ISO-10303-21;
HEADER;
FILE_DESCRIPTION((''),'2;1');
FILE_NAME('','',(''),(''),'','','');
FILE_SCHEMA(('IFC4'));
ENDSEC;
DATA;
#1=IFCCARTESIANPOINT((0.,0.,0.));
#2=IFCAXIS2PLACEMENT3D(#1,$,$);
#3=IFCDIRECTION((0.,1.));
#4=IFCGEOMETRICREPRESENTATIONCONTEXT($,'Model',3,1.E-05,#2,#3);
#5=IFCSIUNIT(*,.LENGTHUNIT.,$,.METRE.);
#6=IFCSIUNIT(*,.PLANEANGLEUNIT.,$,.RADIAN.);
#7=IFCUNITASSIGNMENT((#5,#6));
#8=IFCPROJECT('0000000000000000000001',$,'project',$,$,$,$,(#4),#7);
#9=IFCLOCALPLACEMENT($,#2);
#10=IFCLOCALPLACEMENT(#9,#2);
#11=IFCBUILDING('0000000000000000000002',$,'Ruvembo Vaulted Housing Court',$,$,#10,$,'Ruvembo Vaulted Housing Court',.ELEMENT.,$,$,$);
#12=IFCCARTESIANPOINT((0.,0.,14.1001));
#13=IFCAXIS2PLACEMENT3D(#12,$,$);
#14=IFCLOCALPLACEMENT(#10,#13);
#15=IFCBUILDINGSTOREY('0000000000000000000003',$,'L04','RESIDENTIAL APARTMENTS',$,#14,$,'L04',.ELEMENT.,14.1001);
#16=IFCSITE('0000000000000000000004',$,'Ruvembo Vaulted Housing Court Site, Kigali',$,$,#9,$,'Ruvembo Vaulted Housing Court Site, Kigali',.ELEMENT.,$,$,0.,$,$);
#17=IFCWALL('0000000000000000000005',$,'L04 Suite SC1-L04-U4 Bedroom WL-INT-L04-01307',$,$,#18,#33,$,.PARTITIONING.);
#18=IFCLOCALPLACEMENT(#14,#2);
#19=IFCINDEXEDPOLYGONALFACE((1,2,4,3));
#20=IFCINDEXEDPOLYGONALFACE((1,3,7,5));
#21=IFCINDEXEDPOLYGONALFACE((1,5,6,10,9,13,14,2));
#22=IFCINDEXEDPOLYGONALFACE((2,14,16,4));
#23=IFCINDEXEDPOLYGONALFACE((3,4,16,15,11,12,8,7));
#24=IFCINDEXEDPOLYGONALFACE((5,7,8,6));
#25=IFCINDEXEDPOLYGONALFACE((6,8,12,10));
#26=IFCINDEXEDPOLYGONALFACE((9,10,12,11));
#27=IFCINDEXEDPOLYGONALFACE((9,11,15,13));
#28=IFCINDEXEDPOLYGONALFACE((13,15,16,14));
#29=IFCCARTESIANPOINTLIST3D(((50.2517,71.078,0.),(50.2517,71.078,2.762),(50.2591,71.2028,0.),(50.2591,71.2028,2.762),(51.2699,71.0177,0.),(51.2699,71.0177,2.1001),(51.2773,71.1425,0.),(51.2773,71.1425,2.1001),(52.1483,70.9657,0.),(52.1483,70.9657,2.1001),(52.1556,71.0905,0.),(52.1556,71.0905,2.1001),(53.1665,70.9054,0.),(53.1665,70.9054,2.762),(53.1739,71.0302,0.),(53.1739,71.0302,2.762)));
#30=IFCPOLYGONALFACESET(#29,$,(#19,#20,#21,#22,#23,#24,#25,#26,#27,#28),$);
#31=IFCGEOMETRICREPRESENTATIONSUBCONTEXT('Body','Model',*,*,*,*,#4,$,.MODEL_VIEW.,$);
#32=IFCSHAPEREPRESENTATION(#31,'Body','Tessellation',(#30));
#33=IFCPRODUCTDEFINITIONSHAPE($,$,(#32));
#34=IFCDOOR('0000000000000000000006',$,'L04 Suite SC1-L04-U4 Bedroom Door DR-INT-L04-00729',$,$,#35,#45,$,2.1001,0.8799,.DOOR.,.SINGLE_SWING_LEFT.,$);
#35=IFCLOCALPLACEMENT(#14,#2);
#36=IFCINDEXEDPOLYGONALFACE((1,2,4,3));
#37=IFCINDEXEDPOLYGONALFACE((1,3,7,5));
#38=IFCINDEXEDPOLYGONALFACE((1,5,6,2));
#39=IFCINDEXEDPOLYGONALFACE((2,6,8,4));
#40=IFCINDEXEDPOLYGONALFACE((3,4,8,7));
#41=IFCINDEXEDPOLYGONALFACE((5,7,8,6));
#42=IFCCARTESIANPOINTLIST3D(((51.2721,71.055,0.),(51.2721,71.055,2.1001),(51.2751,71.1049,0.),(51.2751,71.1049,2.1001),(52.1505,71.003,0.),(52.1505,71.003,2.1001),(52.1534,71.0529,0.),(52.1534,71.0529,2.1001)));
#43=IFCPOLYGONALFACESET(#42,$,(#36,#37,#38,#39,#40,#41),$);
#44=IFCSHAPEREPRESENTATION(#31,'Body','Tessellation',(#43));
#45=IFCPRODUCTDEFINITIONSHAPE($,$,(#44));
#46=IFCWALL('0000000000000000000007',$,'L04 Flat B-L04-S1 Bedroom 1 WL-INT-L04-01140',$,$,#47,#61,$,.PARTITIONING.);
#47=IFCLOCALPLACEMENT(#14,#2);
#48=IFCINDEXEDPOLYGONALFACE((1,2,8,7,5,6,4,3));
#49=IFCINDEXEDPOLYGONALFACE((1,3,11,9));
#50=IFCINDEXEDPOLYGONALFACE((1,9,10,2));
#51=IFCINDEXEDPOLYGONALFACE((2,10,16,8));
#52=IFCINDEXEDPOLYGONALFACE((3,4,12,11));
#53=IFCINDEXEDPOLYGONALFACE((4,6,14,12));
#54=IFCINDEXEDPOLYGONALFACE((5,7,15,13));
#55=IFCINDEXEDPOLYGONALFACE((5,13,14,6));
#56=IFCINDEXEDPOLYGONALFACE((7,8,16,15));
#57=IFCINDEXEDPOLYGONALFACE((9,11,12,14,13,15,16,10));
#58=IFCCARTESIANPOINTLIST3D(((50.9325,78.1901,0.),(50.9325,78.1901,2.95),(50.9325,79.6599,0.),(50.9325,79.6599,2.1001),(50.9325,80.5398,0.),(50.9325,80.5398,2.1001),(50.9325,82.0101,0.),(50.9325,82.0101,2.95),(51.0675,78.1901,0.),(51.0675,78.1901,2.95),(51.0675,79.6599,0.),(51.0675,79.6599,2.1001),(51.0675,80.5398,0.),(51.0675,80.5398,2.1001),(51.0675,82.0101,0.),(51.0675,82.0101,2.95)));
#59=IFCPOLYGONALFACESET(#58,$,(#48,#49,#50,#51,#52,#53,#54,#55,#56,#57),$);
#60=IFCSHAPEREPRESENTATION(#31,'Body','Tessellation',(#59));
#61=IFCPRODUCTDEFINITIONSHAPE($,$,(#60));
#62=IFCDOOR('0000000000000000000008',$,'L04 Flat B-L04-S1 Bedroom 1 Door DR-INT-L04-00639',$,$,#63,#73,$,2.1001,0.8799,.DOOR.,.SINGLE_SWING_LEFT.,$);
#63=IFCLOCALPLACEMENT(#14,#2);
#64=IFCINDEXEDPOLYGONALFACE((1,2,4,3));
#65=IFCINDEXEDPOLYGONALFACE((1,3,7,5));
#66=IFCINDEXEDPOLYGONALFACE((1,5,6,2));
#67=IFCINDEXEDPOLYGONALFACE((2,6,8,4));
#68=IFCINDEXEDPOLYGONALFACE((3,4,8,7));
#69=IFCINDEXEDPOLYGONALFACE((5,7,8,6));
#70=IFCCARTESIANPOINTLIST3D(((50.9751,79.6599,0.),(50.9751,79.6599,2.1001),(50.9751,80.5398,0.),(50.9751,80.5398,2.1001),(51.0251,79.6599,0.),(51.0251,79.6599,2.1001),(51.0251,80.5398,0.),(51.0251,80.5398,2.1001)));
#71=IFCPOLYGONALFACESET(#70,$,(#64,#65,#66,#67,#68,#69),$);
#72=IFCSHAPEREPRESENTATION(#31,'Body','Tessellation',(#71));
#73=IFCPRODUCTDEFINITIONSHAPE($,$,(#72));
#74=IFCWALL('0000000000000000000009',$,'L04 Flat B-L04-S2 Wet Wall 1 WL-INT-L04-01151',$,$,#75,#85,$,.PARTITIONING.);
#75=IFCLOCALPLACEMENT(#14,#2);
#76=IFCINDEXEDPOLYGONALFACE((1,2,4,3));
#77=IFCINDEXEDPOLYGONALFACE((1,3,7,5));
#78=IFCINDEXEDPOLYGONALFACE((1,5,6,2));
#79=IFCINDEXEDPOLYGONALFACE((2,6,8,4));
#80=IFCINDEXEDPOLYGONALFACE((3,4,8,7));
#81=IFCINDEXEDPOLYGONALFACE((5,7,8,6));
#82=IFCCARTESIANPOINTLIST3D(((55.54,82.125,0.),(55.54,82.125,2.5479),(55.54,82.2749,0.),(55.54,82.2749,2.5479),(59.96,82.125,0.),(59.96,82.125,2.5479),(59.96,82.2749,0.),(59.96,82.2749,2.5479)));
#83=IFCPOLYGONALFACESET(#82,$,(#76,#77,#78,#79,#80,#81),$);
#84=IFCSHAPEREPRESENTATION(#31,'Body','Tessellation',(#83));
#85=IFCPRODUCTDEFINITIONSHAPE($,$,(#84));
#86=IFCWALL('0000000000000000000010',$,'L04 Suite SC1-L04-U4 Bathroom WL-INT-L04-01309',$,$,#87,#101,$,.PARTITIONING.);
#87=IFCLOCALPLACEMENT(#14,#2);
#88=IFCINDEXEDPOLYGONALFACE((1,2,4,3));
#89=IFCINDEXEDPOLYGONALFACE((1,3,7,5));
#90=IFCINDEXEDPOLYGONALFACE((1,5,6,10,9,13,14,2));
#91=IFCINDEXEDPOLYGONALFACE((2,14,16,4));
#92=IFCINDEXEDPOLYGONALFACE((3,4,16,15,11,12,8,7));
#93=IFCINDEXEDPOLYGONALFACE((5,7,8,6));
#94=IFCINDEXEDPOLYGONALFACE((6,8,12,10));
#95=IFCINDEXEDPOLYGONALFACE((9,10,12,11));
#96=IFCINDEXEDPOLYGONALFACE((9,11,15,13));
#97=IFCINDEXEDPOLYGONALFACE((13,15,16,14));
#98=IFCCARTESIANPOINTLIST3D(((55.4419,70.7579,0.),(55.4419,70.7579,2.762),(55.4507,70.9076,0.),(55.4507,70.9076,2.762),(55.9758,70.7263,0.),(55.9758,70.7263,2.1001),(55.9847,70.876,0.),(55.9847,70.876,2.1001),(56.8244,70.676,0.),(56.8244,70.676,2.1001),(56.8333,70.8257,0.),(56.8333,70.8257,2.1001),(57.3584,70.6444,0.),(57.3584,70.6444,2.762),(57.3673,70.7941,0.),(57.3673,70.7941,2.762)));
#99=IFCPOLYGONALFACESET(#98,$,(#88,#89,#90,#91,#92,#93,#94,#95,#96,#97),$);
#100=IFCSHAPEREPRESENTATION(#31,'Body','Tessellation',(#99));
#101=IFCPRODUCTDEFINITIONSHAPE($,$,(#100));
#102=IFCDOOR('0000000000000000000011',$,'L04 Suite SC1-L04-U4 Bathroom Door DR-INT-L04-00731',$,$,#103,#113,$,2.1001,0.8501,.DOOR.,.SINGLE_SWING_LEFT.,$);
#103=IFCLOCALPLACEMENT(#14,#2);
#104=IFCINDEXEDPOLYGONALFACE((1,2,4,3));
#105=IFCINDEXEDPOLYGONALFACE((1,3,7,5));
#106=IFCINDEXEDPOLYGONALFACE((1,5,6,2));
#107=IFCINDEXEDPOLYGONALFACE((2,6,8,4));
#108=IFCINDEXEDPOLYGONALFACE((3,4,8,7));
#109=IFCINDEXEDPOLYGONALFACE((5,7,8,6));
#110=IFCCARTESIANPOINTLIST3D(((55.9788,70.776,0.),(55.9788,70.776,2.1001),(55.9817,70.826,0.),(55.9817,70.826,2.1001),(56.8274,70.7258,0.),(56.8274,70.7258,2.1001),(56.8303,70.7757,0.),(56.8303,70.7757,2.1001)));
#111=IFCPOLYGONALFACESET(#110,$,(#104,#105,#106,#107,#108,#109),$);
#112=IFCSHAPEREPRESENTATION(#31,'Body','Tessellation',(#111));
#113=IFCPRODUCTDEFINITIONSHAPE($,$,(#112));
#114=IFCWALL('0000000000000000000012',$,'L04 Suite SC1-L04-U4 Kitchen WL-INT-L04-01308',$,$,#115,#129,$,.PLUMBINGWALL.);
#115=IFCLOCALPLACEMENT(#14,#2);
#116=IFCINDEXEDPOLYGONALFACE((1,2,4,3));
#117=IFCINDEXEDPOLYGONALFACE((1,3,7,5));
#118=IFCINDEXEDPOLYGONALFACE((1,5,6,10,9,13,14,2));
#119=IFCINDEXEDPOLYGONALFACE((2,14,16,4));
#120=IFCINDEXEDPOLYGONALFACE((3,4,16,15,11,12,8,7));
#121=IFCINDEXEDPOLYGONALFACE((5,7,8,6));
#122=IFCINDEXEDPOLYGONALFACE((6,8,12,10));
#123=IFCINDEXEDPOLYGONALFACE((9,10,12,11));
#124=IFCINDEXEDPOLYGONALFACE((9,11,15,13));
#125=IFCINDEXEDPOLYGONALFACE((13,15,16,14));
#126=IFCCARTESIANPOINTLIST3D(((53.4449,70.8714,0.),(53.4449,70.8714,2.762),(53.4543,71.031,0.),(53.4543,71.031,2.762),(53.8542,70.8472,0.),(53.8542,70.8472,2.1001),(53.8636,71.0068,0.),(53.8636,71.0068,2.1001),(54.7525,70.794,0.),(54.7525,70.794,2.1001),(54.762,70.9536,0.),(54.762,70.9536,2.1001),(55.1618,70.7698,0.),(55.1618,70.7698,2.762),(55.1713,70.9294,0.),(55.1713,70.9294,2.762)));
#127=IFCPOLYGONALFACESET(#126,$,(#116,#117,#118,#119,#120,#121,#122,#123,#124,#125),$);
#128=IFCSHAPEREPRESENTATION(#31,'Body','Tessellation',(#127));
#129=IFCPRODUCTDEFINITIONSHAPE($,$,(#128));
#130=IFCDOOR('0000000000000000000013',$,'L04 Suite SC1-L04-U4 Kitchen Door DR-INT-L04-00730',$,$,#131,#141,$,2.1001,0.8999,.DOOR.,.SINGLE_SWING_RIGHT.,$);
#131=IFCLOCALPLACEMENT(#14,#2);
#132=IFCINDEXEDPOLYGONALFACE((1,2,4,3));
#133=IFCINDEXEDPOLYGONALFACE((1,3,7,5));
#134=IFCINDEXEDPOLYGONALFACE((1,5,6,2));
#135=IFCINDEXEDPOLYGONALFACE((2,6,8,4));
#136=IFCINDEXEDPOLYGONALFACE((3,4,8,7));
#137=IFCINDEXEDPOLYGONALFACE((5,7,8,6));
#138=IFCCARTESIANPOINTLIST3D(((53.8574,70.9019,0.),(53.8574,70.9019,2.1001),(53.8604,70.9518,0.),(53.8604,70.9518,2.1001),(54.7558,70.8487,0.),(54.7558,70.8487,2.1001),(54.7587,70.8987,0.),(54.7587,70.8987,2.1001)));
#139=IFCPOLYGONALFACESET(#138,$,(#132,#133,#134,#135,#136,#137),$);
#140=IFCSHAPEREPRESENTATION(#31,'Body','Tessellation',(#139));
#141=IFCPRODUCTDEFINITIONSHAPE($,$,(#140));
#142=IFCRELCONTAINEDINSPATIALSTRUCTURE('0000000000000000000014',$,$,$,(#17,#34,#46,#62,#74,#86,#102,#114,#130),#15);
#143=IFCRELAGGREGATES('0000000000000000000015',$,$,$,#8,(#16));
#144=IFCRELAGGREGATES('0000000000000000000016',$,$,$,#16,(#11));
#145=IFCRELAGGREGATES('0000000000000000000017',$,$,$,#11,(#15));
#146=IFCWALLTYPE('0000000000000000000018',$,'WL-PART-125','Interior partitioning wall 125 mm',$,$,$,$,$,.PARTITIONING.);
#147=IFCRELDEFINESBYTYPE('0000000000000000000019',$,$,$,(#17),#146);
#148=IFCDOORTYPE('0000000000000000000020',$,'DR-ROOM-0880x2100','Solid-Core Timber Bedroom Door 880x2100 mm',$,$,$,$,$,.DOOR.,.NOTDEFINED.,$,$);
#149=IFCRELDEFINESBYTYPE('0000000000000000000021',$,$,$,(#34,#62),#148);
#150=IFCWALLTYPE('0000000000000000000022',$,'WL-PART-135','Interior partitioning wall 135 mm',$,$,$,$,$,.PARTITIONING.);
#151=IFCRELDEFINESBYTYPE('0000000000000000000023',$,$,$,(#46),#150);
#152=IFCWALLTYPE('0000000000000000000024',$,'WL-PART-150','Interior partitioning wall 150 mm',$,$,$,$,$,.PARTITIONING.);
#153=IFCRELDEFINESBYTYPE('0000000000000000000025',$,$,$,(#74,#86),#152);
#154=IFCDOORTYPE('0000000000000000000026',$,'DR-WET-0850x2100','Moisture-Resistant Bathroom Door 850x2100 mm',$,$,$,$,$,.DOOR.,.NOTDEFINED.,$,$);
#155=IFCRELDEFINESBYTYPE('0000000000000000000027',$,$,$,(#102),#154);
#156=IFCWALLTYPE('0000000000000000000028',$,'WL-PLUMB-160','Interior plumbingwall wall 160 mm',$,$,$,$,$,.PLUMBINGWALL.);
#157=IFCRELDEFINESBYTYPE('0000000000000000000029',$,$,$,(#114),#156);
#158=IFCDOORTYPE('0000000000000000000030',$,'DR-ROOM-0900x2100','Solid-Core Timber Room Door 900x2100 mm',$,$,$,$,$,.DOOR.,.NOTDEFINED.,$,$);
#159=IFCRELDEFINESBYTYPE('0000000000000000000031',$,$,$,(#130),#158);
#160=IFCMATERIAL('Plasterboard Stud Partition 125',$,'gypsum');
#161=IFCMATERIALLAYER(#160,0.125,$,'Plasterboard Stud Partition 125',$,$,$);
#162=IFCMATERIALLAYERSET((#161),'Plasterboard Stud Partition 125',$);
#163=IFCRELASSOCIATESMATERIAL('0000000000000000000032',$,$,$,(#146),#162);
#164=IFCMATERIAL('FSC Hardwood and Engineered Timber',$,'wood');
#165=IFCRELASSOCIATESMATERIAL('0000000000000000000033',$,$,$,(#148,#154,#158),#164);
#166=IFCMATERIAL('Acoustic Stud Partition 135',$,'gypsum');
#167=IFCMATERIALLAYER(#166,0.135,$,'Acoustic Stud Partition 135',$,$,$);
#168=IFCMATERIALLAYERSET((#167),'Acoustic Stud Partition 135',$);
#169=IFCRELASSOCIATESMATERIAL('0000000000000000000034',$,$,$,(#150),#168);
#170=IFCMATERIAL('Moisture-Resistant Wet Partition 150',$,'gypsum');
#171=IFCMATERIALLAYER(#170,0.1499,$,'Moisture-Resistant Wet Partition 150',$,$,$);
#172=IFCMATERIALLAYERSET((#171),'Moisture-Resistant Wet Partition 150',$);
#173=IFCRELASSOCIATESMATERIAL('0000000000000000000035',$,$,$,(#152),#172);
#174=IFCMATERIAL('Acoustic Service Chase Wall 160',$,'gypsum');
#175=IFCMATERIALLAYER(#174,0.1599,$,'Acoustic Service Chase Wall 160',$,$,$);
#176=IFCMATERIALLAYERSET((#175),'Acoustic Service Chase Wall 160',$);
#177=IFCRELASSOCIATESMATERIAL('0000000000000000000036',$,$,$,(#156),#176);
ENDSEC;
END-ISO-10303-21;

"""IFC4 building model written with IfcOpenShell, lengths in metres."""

from ifc_helpers import new_model, si_unit, direction, frame, frame_2d, origin, place, context, subcontext, project, spatial, rectangle, extrude, material, layer, layer_set, type_object, element, fill, save


model = new_model("IFC4")

# Units and contexts
model_context = context("Model", 3, precision=1e-05, world=origin(), true_north=direction((0.0, 1.0)))
body_context = subcontext(model_context, "Body", "Model", "MODEL_VIEW")
ifc_project = project(units=[si_unit("LENGTHUNIT", "METRE"), si_unit("PLANEANGLEUNIT", "RADIAN")], contexts=[model_context])

# Site, building, storey
site_placement = place(None, origin())
site = spatial("IfcSite", under=ifc_project, at=site_placement, Name="Ruvembo Vaulted Housing Court Site, Kigali", LongName="Ruvembo Vaulted Housing Court Site, Kigali", CompositionType="ELEMENT", RefElevation=0.0)
building_placement = place(site_placement, origin())
building = spatial("IfcBuilding", under=site, at=building_placement, Name="Ruvembo Vaulted Housing Court", LongName="Ruvembo Vaulted Housing Court", CompositionType="ELEMENT")
storey_placement = place(building_placement, frame((0.0, 0.0, 14.1001)))
storey = spatial("IfcBuildingStorey", under=building, at=storey_placement, Name="L04", Description="RESIDENTIAL APARTMENTS", LongName="L04", CompositionType="ELEMENT", Elevation=14.1001)

# Shared definitions
ifc_material_1 = material(Name="FSC Hardwood and Engineered Timber", Category="wood")

# Walls, openings, doors
ifc_material_2 = material(Name="Plasterboard Stud Partition 125", Category="gypsum")
ifc_layer_1 = layer(ifc_material_2, 0.125, Name="Plasterboard Stud Partition 125")
ifc_layer_set_1 = layer_set([ifc_layer_1], Name="Plasterboard Stud Partition 125")
wall_type_1 = type_object("IfcWallType", Name="WL-PART-125", Description="Interior partitioning wall 125 mm", PredefinedType="PARTITIONING", material=ifc_layer_set_1)
wall_1_placement = place(storey_placement, frame((50.2554, 71.1404, 0.0), z_axis=(0.0, 0.0, 1.0), x_axis=(0.998251, -0.059114, 0.0)))
wall_1 = element("IfcWall", 1, at=wall_1_placement, inside=storey, type_object=wall_type_1, Name="L04 Suite SC1-L04-U4 Bedroom WL-INT-L04-01307", PredefinedType="PARTITIONING", context=body_context, shape_type="SweptSolid", body=[
    extrude(rectangle(XDim=2.9199, YDim=0.125, at=frame_2d((1.46, 0.0))), origin(), (0.0, 0.0, 1.0), 2.762),
])
opening_1_placement = place(wall_1_placement, frame((1.02, 0.0, 0.0)))
opening_1 = element("IfcOpeningElement", 2, at=opening_1_placement, cuts=wall_1, PredefinedType="OPENING", context=body_context, shape_type="SweptSolid", body=[
    extrude(rectangle(XDim=0.8799, YDim=2.1001, at=frame_2d((0.4399, 1.05))), frame((0.0, 0.0725, 0.0), z_axis=(0.0, -1.0, 0.0), x_axis=(1.0, 0.0, 0.0)), (0.0, 0.0, 1.0), 0.145),
])
door_type_1 = type_object("IfcDoorType", Name="DR-ROOM-0880x2100", Description="Solid-Core Timber Bedroom Door 880x2100 mm", OperationType="NOTDEFINED", PredefinedType="DOOR", material=ifc_material_1)
door_1_placement = place(opening_1_placement, origin())
door_1 = element("IfcDoor", 3, at=door_1_placement, inside=storey, type_object=door_type_1, Name="L04 Suite SC1-L04-U4 Bedroom Door DR-INT-L04-00729", OperationType="SINGLE_SWING_LEFT", OverallHeight=2.1001, OverallWidth=0.8799, PredefinedType="DOOR", context=body_context, shape_type="SweptSolid", body=[
    extrude(rectangle(XDim=0.8799, YDim=2.1001, at=frame_2d((0.4399, 1.05))), frame((0.0, 0.0249, 0.0), z_axis=(0.0, -1.0, 0.0), x_axis=(1.0, 0.0, 0.0)), (0.0, 0.0, 1.0), 0.05),
])
fill(opening_1, door_1)
ifc_material_3 = material(Name="Acoustic Stud Partition 135", Category="gypsum")
ifc_layer_2 = layer(ifc_material_3, 0.135, Name="Acoustic Stud Partition 135")
ifc_layer_set_2 = layer_set([ifc_layer_2], Name="Acoustic Stud Partition 135")
wall_type_2 = type_object("IfcWallType", Name="WL-PART-135", Description="Interior partitioning wall 135 mm", PredefinedType="PARTITIONING", material=ifc_layer_set_2)
wall_2_placement = place(storey_placement, frame((51.0, 78.1899, 0.0), z_axis=(0.0, 0.0, 1.0), x_axis=(0.0, 1.0, 0.0)))
wall_2 = element("IfcWall", 4, at=wall_2_placement, inside=storey, type_object=wall_type_2, Name="L04 Flat B-L04-S1 Bedroom 1 WL-INT-L04-01140", PredefinedType="PARTITIONING", context=body_context, shape_type="SweptSolid", body=[
    extrude(rectangle(XDim=3.8201, YDim=0.135, at=frame_2d((1.9102, 0.0))), origin(), (0.0, 0.0, 1.0), 2.95),
])
opening_2_placement = place(wall_2_placement, frame((1.47, 0.0, 0.0)))
opening_2 = element("IfcOpeningElement", 5, at=opening_2_placement, cuts=wall_2, PredefinedType="OPENING", context=body_context, shape_type="SweptSolid", body=[
    extrude(rectangle(XDim=0.8799, YDim=2.1001, at=frame_2d((0.4399, 1.05))), frame((0.0, 0.0774, 0.0), z_axis=(0.0, -1.0, 0.0), x_axis=(1.0, 0.0, 0.0)), (0.0, 0.0, 1.0), 0.155),
])
door_2_placement = place(opening_2_placement, origin())
door_2 = element("IfcDoor", 6, at=door_2_placement, inside=storey, type_object=door_type_1, Name="L04 Flat B-L04-S1 Bedroom 1 Door DR-INT-L04-00639", OperationType="SINGLE_SWING_LEFT", OverallHeight=2.1001, OverallWidth=0.8799, PredefinedType="DOOR", context=body_context, shape_type="SweptSolid", body=[
    extrude(rectangle(XDim=0.8799, YDim=2.1001, at=frame_2d((0.4399, 1.05))), frame((0.0, 0.0249, 0.0), z_axis=(0.0, -1.0, 0.0), x_axis=(1.0, 0.0, 0.0)), (0.0, 0.0, 1.0), 0.05),
])
fill(opening_2, door_2)

# Wall
ifc_material_4 = material(Name="Moisture-Resistant Wet Partition 150", Category="gypsum")
ifc_layer_3 = layer(ifc_material_4, 0.1499, Name="Moisture-Resistant Wet Partition 150")
ifc_layer_set_3 = layer_set([ifc_layer_3], Name="Moisture-Resistant Wet Partition 150")
wall_type_3 = type_object("IfcWallType", Name="WL-PART-150", Description="Interior partitioning wall 150 mm", PredefinedType="PARTITIONING", material=ifc_layer_set_3)
wall_3_placement = place(storey_placement, frame((55.54, 82.2, 0.0), z_axis=(0.0, 0.0, 1.0), x_axis=(1.0, 0.0, 0.0)))
element("IfcWall", 7, at=wall_3_placement, inside=storey, type_object=wall_type_3, Name="L04 Flat B-L04-S2 Wet Wall 1 WL-INT-L04-01151", PredefinedType="PARTITIONING", context=body_context, shape_type="SweptSolid", body=[
    extrude(rectangle(XDim=4.4199, YDim=0.1499, at=frame_2d((2.21, 0.0))), origin(), (0.0, 0.0, 1.0), 2.5479),
])

# Walls, openings, doors
wall_4_placement = place(storey_placement, frame((55.4463, 70.8328, 0.0), z_axis=(0.0, 0.0, 1.0), x_axis=(0.99825, -0.059132, 0.0)))
wall_4 = element("IfcWall", 8, at=wall_4_placement, inside=storey, type_object=wall_type_3, Name="L04 Suite SC1-L04-U4 Bathroom WL-INT-L04-01309", PredefinedType="PARTITIONING", context=body_context, shape_type="SweptSolid", body=[
    extrude(rectangle(XDim=1.9199, YDim=0.1499, at=frame_2d((0.96, 0.0))), origin(), (0.0, 0.0, 1.0), 2.762),
])
opening_3_placement = place(wall_4_placement, frame((0.5349, 0.0, 0.0)))
opening_3 = element("IfcOpeningElement", 9, at=opening_3_placement, cuts=wall_4, PredefinedType="OPENING", context=body_context, shape_type="SweptSolid", body=[
    extrude(rectangle(XDim=0.8501, YDim=2.1001, at=frame_2d((0.425, 1.05))), frame((0.0, 0.085, 0.0), z_axis=(0.0, -1.0, 0.0), x_axis=(1.0, 0.0, 0.0)), (0.0, 0.0, 1.0), 0.1699),
])
door_type_2 = type_object("IfcDoorType", Name="DR-WET-0850x2100", Description="Moisture-Resistant Bathroom Door 850x2100 mm", OperationType="NOTDEFINED", PredefinedType="DOOR", material=ifc_material_1)
door_3_placement = place(opening_3_placement, origin())
door_3 = element("IfcDoor", 10, at=door_3_placement, inside=storey, type_object=door_type_2, Name="L04 Suite SC1-L04-U4 Bathroom Door DR-INT-L04-00731", OperationType="SINGLE_SWING_LEFT", OverallHeight=2.1001, OverallWidth=0.8501, PredefinedType="DOOR", context=body_context, shape_type="SweptSolid", body=[
    extrude(rectangle(XDim=0.8501, YDim=2.1001, at=frame_2d((0.425, 1.05))), frame((0.0, 0.0249, 0.0), z_axis=(0.0, -1.0, 0.0), x_axis=(1.0, 0.0, 0.0)), (0.0, 0.0, 1.0), 0.05),
])
fill(opening_3, door_3)
ifc_material_5 = material(Name="Acoustic Service Chase Wall 160", Category="gypsum")
ifc_layer_4 = layer(ifc_material_5, 0.1599, Name="Acoustic Service Chase Wall 160")
ifc_layer_set_4 = layer_set([ifc_layer_4], Name="Acoustic Service Chase Wall 160")
wall_type_4 = type_object("IfcWallType", Name="WL-PLUMB-160", Description="Interior plumbingwall wall 160 mm", PredefinedType="PLUMBINGWALL", material=ifc_layer_set_4)
wall_5_placement = place(storey_placement, frame((53.4497, 70.9512, 0.0), z_axis=(0.0, 0.0, 1.0), x_axis=(0.998255, -0.059047, 0.0)))
wall_5 = element("IfcWall", 11, at=wall_5_placement, inside=storey, type_object=wall_type_4, Name="L04 Suite SC1-L04-U4 Kitchen WL-INT-L04-01308", PredefinedType="PLUMBINGWALL", context=body_context, shape_type="SweptSolid", body=[
    extrude(rectangle(XDim=1.72, YDim=0.1599, at=frame_2d((0.8599, 0.0))), origin(), (0.0, 0.0, 1.0), 2.762),
])
opening_4_placement = place(wall_5_placement, frame((0.4099, 0.0, 0.0)))
opening_4 = element("IfcOpeningElement", 12, at=opening_4_placement, cuts=wall_5, PredefinedType="OPENING", context=body_context, shape_type="SweptSolid", body=[
    extrude(rectangle(XDim=0.8999, YDim=2.1001, at=frame_2d((0.45, 1.05))), frame((0.0, 0.0898, 0.0), z_axis=(0.0, -1.0, 0.0), x_axis=(1.0, 0.0, 0.0)), (0.0, 0.0, 1.0), 0.1799),
])
door_type_3 = type_object("IfcDoorType", Name="DR-ROOM-0900x2100", Description="Solid-Core Timber Room Door 900x2100 mm", OperationType="NOTDEFINED", PredefinedType="DOOR", material=ifc_material_1)
door_4_placement = place(opening_4_placement, origin())
door_4 = element("IfcDoor", 13, at=door_4_placement, inside=storey, type_object=door_type_3, Name="L04 Suite SC1-L04-U4 Kitchen Door DR-INT-L04-00730", OperationType="SINGLE_SWING_RIGHT", OverallHeight=2.1001, OverallWidth=0.8999, PredefinedType="DOOR", context=body_context, shape_type="SweptSolid", body=[
    extrude(rectangle(XDim=0.8999, YDim=2.1001, at=frame_2d((0.45, 1.05))), frame((0.0, 0.0249, 0.0), z_axis=(0.0, -1.0, 0.0), x_axis=(1.0, 0.0, 0.0)), (0.0, 0.0, 1.0), 0.05),
])
fill(opening_4, door_4)

save(model, "model.ifc")
